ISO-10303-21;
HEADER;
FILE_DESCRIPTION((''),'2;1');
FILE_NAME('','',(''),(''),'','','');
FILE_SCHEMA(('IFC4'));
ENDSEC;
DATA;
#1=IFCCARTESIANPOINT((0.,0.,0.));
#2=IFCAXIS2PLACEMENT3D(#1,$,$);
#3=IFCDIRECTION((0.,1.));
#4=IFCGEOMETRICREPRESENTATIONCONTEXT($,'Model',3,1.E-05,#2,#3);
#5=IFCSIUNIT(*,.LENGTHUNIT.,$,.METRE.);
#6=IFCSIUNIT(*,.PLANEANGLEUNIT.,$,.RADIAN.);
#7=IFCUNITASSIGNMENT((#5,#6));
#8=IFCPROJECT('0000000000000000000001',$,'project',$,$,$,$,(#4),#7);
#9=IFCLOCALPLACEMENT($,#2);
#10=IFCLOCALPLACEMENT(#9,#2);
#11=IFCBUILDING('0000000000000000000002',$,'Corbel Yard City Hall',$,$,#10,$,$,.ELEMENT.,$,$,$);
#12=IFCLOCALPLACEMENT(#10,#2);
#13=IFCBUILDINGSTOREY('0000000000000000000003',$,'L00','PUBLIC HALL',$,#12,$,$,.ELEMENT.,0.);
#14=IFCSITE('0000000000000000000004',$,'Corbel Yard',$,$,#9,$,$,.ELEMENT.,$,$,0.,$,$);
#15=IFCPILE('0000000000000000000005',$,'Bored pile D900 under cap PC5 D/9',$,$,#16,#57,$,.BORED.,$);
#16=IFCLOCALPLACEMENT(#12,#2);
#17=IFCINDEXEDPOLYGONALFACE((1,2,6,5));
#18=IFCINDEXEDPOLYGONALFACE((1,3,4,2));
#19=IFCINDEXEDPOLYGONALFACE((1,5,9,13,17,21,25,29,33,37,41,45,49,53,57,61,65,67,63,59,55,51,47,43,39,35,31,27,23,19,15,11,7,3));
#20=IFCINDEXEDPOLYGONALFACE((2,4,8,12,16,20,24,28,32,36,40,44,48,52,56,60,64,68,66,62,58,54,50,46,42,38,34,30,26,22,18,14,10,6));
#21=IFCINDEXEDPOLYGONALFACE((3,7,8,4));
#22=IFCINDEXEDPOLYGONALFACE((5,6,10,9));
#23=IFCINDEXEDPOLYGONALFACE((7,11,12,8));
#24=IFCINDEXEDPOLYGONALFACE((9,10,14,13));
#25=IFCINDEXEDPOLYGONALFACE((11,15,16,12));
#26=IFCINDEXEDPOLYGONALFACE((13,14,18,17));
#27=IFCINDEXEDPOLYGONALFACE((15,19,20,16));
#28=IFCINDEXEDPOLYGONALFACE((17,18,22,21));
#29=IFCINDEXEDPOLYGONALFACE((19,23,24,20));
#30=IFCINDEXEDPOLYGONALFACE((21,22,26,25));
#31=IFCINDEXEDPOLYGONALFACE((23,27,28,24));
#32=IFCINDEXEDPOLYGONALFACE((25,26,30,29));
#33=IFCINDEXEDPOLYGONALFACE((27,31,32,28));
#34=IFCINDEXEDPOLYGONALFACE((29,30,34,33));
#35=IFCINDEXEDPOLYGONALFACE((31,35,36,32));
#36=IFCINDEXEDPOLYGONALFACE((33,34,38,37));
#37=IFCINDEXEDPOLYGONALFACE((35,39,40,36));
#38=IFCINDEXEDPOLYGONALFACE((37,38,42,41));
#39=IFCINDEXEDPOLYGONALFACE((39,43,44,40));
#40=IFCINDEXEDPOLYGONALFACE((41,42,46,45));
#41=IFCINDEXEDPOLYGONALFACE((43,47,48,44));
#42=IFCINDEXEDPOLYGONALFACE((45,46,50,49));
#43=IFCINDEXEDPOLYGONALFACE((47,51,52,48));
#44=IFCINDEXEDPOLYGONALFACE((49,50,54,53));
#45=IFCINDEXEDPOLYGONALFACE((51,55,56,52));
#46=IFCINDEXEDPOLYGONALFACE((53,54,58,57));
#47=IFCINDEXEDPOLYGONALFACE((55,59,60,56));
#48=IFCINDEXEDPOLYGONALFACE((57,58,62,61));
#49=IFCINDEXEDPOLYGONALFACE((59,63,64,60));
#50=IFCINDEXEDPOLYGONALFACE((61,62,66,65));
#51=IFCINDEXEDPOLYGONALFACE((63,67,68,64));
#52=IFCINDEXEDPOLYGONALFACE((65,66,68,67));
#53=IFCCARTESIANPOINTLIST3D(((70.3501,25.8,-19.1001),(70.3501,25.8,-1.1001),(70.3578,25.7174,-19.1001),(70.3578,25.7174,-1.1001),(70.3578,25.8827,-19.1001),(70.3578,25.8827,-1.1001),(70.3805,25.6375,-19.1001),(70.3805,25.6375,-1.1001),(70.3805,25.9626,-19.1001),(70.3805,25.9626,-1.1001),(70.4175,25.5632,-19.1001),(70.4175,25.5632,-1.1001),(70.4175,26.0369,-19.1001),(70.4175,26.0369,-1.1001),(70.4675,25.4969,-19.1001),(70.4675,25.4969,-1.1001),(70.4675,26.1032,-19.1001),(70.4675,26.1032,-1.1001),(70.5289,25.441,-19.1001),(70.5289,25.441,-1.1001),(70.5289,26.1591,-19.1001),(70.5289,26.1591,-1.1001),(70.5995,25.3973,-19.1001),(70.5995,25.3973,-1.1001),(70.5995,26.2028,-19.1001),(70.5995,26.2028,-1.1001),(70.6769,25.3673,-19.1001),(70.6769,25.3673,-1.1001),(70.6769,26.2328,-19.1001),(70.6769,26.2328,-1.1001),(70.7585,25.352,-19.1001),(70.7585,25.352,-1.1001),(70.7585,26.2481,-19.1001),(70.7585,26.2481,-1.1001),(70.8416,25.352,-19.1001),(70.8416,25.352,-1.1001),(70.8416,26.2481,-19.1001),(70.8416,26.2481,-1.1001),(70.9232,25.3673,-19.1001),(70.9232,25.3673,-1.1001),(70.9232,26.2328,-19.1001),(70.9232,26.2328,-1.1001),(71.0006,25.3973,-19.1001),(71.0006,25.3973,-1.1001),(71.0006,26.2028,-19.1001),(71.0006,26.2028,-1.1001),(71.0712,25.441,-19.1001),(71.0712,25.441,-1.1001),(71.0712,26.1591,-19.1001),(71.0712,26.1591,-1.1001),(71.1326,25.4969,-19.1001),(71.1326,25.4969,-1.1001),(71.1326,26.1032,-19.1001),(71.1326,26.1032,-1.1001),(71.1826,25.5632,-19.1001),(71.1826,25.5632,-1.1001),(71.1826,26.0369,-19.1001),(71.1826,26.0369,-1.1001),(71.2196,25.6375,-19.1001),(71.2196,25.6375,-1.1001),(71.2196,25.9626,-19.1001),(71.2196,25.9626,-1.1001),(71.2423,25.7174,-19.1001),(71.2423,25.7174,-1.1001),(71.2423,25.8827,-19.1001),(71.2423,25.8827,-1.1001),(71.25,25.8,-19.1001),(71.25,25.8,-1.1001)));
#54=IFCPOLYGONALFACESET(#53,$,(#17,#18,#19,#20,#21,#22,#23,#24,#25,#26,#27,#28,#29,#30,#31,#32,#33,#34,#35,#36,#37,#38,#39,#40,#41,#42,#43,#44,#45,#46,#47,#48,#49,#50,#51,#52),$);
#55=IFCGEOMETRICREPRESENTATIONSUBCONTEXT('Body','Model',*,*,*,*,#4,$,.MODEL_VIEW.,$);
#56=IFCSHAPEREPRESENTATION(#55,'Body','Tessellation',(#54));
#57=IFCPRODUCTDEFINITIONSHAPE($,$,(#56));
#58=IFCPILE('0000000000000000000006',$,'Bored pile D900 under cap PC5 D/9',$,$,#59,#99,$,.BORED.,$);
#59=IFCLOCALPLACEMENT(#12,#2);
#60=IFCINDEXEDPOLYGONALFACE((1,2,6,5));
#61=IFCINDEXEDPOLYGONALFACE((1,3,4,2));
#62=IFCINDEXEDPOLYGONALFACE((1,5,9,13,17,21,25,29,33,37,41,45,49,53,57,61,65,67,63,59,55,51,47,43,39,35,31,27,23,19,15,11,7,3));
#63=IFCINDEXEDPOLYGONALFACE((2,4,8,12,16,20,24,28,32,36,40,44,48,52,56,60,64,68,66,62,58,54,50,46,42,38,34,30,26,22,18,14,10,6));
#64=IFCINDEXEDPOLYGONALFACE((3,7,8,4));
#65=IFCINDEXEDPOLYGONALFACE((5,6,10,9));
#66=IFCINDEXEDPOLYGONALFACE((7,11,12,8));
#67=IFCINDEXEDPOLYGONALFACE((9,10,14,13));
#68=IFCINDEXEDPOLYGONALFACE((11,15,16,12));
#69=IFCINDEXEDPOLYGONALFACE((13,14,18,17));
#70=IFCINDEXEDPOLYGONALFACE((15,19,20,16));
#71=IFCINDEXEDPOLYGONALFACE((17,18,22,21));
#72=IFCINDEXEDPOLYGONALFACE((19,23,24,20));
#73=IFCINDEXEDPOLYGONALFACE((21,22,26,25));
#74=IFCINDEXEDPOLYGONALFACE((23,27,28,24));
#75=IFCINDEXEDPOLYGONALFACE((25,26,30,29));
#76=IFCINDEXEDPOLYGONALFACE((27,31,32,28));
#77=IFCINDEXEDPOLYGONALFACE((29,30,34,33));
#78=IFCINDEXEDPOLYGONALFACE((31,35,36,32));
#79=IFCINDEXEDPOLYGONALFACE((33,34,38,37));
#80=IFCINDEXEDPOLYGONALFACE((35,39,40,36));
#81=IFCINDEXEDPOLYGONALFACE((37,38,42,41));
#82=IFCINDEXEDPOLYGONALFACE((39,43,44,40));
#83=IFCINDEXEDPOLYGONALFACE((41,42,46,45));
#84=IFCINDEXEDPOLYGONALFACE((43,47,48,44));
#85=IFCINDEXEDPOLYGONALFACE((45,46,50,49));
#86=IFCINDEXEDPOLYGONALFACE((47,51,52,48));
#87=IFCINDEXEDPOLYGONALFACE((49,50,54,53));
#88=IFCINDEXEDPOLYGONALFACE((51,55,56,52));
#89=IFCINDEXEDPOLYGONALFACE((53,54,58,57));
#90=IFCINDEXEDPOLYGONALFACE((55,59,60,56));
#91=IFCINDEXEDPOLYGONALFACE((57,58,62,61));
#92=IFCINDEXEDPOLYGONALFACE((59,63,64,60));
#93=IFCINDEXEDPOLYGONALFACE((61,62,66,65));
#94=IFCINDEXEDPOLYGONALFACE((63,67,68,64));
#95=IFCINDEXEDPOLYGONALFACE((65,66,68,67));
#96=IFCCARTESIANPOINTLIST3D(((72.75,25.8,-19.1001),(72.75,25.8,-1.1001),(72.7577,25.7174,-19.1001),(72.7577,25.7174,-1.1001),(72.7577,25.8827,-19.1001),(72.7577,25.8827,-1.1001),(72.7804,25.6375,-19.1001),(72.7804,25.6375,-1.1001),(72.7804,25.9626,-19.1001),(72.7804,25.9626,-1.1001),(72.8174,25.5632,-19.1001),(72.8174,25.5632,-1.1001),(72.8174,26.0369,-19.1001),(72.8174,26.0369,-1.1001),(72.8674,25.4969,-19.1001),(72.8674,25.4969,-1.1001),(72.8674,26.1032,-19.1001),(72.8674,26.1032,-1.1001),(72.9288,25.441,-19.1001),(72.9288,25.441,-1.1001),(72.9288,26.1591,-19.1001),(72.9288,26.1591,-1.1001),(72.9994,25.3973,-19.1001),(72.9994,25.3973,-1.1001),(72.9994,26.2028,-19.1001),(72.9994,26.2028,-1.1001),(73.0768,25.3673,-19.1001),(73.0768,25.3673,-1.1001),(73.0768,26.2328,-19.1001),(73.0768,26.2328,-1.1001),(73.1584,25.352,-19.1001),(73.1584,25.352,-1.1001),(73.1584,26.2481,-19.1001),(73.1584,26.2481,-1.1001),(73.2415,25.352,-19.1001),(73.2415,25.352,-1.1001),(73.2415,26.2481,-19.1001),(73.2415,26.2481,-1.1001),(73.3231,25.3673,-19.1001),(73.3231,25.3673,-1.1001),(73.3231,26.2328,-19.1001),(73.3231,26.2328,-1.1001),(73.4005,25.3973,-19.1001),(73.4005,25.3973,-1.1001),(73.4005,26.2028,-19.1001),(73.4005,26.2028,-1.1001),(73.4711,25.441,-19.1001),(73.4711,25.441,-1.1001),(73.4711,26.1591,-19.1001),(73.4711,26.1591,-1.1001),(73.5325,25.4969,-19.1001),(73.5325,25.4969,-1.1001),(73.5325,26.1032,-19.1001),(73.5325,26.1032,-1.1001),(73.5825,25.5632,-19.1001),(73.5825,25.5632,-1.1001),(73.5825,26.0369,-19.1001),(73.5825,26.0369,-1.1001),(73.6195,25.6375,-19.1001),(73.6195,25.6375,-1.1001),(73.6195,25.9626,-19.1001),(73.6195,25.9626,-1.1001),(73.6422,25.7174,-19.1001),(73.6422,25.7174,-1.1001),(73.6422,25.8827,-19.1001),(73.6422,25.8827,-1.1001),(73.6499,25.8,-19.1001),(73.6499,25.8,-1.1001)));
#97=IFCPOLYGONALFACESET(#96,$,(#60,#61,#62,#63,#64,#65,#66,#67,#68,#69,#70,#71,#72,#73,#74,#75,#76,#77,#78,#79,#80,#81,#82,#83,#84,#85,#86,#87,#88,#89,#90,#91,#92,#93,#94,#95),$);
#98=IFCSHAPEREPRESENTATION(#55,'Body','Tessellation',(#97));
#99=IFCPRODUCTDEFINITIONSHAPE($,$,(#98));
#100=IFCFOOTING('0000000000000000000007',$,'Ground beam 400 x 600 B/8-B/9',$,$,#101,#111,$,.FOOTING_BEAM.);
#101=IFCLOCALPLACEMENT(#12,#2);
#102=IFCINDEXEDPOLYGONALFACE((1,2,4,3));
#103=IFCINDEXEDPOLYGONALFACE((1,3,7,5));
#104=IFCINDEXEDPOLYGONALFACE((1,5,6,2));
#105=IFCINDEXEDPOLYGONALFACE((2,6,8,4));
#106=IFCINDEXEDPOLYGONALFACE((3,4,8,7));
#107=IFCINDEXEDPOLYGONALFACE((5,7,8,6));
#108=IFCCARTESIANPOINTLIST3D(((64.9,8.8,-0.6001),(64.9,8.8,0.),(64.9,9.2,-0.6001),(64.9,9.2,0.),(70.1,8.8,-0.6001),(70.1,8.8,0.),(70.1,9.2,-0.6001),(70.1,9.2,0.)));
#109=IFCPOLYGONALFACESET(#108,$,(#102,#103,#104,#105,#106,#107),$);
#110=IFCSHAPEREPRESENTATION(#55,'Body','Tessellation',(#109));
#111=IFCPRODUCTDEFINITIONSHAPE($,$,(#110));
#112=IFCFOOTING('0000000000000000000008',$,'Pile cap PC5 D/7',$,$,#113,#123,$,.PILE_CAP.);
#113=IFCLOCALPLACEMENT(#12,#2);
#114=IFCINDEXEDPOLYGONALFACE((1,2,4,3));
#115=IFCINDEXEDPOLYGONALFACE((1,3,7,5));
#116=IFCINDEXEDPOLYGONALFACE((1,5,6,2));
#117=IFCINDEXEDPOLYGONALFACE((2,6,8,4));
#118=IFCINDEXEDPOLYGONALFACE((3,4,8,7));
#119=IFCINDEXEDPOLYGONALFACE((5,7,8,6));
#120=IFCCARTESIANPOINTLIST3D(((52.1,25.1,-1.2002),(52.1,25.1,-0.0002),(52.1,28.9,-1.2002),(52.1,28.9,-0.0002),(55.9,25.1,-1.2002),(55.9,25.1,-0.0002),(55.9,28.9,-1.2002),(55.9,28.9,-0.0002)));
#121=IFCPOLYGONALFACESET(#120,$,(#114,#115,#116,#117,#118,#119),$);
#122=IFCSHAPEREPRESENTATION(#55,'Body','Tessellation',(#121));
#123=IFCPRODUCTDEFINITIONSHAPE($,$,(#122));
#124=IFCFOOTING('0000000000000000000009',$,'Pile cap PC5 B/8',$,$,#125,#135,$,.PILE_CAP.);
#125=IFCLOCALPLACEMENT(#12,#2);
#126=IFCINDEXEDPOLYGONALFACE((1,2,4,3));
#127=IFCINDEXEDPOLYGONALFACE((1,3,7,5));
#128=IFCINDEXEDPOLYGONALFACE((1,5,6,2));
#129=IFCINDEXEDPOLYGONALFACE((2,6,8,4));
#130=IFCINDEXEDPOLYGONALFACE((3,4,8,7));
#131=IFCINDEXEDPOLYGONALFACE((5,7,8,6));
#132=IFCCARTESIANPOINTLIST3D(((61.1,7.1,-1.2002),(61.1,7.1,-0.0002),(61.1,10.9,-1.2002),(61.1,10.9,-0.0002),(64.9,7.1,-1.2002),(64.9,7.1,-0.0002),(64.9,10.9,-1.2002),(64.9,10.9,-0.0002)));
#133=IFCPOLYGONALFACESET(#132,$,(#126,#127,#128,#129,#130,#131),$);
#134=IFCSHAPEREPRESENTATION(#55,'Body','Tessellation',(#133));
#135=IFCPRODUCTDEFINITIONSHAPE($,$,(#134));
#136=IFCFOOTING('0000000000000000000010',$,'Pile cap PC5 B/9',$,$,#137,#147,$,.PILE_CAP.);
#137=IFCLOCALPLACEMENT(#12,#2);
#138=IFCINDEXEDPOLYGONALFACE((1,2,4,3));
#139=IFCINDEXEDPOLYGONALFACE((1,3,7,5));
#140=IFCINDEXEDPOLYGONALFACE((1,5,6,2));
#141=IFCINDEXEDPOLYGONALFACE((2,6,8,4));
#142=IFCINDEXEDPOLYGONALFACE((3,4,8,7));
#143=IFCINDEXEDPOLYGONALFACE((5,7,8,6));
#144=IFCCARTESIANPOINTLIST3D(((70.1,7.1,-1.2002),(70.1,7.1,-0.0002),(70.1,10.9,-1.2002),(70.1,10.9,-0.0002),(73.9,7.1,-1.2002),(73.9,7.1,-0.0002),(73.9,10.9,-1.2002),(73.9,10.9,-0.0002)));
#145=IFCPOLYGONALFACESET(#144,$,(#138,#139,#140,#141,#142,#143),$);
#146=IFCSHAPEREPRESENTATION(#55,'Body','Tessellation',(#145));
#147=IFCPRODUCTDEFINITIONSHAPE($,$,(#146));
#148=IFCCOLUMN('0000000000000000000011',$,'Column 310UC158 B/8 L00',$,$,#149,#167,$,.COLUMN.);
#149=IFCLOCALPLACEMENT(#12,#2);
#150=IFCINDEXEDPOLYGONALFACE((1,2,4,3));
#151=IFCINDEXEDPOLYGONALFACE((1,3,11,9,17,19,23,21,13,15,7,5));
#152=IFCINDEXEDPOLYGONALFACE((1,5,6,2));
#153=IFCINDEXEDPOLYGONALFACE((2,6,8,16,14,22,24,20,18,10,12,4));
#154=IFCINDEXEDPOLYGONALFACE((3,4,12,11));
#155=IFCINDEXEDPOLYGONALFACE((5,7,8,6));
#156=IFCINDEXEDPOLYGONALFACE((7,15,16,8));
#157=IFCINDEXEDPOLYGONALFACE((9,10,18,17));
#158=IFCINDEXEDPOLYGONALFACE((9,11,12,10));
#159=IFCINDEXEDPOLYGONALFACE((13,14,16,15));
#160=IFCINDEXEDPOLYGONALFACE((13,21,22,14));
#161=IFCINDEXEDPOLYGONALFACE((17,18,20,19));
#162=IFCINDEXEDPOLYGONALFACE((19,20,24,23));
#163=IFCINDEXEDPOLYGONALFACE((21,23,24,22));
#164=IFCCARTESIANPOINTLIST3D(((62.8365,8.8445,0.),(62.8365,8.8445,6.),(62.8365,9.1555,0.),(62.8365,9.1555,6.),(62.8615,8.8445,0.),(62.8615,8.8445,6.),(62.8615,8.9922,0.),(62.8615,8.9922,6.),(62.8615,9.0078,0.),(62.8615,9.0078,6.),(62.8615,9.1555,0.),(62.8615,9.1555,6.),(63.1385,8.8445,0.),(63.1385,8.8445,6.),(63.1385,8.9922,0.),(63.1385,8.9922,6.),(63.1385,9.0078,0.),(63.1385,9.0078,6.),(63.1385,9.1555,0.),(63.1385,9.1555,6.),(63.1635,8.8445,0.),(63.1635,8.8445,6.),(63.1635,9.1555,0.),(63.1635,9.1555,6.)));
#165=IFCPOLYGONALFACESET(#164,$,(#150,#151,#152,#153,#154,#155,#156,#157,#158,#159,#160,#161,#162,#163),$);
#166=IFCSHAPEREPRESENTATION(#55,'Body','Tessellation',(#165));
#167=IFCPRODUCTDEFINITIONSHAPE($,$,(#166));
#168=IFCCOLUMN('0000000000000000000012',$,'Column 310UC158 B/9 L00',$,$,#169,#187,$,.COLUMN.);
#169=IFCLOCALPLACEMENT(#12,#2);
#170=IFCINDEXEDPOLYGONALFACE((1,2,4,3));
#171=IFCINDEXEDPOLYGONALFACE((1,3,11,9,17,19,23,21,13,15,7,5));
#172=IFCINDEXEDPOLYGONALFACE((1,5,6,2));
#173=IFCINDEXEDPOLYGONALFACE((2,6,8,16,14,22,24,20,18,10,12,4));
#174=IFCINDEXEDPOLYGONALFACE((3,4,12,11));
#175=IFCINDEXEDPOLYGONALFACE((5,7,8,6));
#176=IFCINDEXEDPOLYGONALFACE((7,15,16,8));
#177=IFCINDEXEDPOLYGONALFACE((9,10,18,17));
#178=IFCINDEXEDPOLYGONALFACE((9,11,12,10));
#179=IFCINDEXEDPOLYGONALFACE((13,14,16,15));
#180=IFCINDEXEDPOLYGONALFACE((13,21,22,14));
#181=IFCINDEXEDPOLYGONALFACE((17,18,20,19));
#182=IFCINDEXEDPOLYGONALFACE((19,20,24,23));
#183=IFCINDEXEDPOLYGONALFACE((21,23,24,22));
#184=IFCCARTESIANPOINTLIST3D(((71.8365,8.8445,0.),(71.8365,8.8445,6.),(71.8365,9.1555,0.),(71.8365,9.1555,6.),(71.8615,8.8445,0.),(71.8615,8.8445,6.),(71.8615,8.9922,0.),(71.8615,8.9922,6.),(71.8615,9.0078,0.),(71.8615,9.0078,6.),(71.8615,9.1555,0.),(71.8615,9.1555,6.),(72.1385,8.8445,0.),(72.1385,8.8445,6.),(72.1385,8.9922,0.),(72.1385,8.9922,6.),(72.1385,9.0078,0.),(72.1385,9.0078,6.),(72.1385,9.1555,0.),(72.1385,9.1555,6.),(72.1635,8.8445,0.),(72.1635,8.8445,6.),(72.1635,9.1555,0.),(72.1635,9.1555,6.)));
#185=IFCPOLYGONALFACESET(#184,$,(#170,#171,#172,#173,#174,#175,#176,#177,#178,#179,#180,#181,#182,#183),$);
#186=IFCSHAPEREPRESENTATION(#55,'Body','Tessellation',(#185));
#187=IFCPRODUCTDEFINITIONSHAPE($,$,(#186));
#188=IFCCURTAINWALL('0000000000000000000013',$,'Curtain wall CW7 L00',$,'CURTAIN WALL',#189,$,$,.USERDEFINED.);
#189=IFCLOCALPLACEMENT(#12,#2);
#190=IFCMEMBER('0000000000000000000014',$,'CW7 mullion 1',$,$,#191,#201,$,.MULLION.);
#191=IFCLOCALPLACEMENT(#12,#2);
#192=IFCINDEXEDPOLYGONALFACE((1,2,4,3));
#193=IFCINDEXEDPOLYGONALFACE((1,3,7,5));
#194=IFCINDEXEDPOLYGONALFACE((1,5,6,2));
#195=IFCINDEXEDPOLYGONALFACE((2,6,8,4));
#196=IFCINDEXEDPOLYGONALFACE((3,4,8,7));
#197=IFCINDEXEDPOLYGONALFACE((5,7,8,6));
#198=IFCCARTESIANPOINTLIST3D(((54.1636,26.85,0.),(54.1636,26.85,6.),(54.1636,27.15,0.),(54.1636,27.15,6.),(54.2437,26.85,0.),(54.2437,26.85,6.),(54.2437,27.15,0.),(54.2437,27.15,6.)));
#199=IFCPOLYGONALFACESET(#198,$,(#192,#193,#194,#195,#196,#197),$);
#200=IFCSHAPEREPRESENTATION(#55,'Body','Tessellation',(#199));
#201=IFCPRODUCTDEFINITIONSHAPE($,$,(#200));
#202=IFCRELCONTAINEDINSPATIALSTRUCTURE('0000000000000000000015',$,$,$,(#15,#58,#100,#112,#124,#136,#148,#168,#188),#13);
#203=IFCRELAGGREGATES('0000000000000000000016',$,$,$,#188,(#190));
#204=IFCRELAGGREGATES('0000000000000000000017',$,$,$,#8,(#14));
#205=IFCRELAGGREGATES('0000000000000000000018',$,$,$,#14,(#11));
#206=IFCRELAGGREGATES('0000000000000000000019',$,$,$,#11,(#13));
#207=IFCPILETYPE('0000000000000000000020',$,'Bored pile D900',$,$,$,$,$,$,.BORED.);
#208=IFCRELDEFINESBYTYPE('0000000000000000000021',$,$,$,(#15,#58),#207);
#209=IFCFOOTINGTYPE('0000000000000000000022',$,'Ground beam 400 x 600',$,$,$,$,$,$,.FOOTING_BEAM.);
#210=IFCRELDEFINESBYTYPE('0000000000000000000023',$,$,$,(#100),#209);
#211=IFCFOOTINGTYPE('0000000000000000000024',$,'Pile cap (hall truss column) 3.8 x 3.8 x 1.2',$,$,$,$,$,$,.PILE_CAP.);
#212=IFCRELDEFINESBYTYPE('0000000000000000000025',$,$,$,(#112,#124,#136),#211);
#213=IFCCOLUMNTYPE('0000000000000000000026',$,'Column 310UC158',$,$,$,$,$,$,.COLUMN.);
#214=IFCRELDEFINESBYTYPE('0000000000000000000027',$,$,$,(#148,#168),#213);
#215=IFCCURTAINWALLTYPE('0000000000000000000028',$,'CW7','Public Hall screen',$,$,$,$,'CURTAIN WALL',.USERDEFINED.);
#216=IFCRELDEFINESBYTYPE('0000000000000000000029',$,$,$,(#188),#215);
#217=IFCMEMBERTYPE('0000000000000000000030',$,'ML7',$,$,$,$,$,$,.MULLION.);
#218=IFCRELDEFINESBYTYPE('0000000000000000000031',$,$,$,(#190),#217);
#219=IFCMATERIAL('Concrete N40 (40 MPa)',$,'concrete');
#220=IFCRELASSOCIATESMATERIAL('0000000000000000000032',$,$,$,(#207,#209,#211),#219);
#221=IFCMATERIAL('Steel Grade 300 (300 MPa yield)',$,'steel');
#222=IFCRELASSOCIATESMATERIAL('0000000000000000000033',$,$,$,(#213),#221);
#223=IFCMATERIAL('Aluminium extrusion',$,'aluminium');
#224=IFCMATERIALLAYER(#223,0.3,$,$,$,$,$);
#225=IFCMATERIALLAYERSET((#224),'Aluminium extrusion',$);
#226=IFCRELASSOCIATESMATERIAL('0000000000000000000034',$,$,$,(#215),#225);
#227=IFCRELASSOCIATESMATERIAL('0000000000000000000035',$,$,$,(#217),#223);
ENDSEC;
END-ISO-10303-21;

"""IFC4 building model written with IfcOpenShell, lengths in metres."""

from ifc_helpers import new_model, si_unit, direction, frame, origin, origin_2d, place, context, subcontext, project, spatial, rectangle, circle, i_section, extrude, material, layer, layer_set, material_profile, profile_set, type_object, element, aggregate, save


model = new_model("IFC4")

# Units and contexts
model_context = context("Model", 3, precision=1e-05, world=origin(), true_north=direction((0.0, 1.0)))
body_context = subcontext(model_context, "Body", "Model", "MODEL_VIEW")
ifc_project = project(units=[si_unit("LENGTHUNIT", "METRE"), si_unit("PLANEANGLEUNIT", "RADIAN")], contexts=[model_context])

# Site, building, storey
site_placement = place(None, origin())
site = spatial("IfcSite", under=ifc_project, at=site_placement, Name="Corbel Yard", CompositionType="ELEMENT", RefElevation=0.0)
building_placement = place(site_placement, origin())
building = spatial("IfcBuilding", under=site, at=building_placement, Name="Corbel Yard City Hall", CompositionType="ELEMENT")
storey_placement = place(building_placement, origin())
storey = spatial("IfcBuildingStorey", under=building, at=storey_placement, Name="L00", Description="PUBLIC HALL", CompositionType="ELEMENT", Elevation=0.0)

# Piles
ifc_material_1 = material(Name="Concrete N40 (40 MPa)", Category="concrete")
ifc_material_profile_1 = material_profile(ifc_material_1, circle(Radius=0.45, at=origin_2d()), Name="D900")
ifc_profile_set_1 = profile_set([ifc_material_profile_1], Name="Concrete N40 (40 MPa)")
pile_type = type_object("IfcPileType", Name="Bored pile D900", PredefinedType="BORED", material=ifc_profile_set_1)
for number, where, z_axis, x_axis, name in (
    (1, (70.8, 25.8, -1.1001), (0.0, 0.0, -1.0), (1.0, 0.0, 0.0), "Bored pile D900 under cap PC5 D/9"),
    (2, (73.2, 25.8, -1.1001), (0.0, 0.0, -1.0), (1.0, 0.0, 0.0), "Bored pile D900 under cap PC5 D/9"),
):
    element("IfcPile", number, at=place(storey_placement, frame(where, z_axis=z_axis, x_axis=x_axis)), inside=storey, type_object=pile_type, Name=name, PredefinedType="BORED", context=body_context, shape_type="SweptSolid", body=[
        extrude(circle(Radius=0.45, at=origin_2d()), origin(), (0.0, 0.0, 1.0), 18.0),
    ])

# Footings
footing_type_1 = type_object("IfcFootingType", Name="Ground beam 400 x 600", PredefinedType="FOOTING_BEAM", material=ifc_material_1)
footing_placement = place(storey_placement, frame((67.5, 9.0, -0.6001), z_axis=(0.0, 0.0, 1.0), x_axis=(1.0, 0.0, 0.0)))
element("IfcFooting", 3, at=footing_placement, inside=storey, type_object=footing_type_1, Name="Ground beam 400 x 600 B/8-B/9", PredefinedType="FOOTING_BEAM", context=body_context, shape_type="SweptSolid", body=[
    extrude(rectangle(XDim=5.2, YDim=0.3999, at=origin_2d()), origin(), (0.0, 0.0, 1.0), 0.6001),
])
footing_type_2 = type_object("IfcFootingType", Name="Pile cap (hall truss column) 3.8 x 3.8 x 1.2", PredefinedType="PILE_CAP", material=ifc_material_1)
for number, where, z_axis, x_axis, name in (
    (4, (54.0, 27.0, -1.2002), (0.0, 0.0, 1.0), (1.0, 0.0, 0.0), "Pile cap PC5 D/7"),
    (5, (63.0, 9.0, -1.2002), (0.0, 0.0, 1.0), (1.0, 0.0, 0.0), "Pile cap PC5 B/8"),
    (6, (72.0, 9.0, -1.2002), (0.0, 0.0, 1.0), (1.0, 0.0, 0.0), "Pile cap PC5 B/9"),
):
    element("IfcFooting", number, at=place(storey_placement, frame(where, z_axis=z_axis, x_axis=x_axis)), inside=storey, type_object=footing_type_2, Name=name, PredefinedType="PILE_CAP", context=body_context, shape_type="SweptSolid", body=[
        extrude(rectangle(XDim=3.8, YDim=3.8, at=origin_2d()), origin(), (0.0, 0.0, 1.0), 1.2),
    ])

# Columns
ifc_material_2 = material(Name="Steel Grade 300 (300 MPa yield)", Category="steel")
ifc_material_profile_2 = material_profile(ifc_material_2, i_section(OverallWidth=0.311, OverallDepth=0.3269, WebThickness=0.0156, FlangeThickness=0.0249, at=origin_2d()), Name="310UC158")
ifc_profile_set_2 = profile_set([ifc_material_profile_2], Name="Steel Grade 300 (300 MPa yield)")
column_type = type_object("IfcColumnType", Name="Column 310UC158", PredefinedType="COLUMN", material=ifc_profile_set_2)
for number, where, z_axis, x_axis, name in (
    (7, (63.0, 9.0, 0.0), (0.0, 0.0, 1.0), (0.0, 1.0, 0.0), "Column 310UC158 B/8 L00"),
    (8, (72.0, 9.0, 0.0), (0.0, 0.0, 1.0), (0.0, 1.0, 0.0), "Column 310UC158 B/9 L00"),
):
    element("IfcColumn", number, at=place(storey_placement, frame(where, z_axis=z_axis, x_axis=x_axis)), inside=storey, type_object=column_type, Name=name, PredefinedType="COLUMN", context=body_context, shape_type="SweptSolid", body=[
        extrude(i_section(OverallWidth=0.311, OverallDepth=0.3269, WebThickness=0.0156, FlangeThickness=0.0249, at=origin_2d()), origin(), (0.0, 0.0, 1.0), 6.0),
    ])

# Curtain wall, member
ifc_material_3 = material(Name="Aluminium extrusion", Category="aluminium")
ifc_layer_1 = layer(ifc_material_3, 0.3)
ifc_layer_set_1 = layer_set([ifc_layer_1], Name="Aluminium extrusion")
curtain_wall_type = type_object("IfcCurtainWallType", Name="CW7", Description="Public Hall screen", ElementType="CURTAIN WALL", PredefinedType="USERDEFINED", material=ifc_layer_set_1)
curtain_wall_placement = place(storey_placement, origin())
curtain_wall = element("IfcCurtainWall", 9, at=curtain_wall_placement, inside=storey, type_object=curtain_wall_type, Name="Curtain wall CW7 L00", ObjectType="CURTAIN WALL", PredefinedType="USERDEFINED")
ifc_material_profile_3 = material_profile(ifc_material_3, rectangle(XDim=0.3, YDim=0.0801, at=origin_2d()), Name="300x80")
ifc_profile_set_3 = profile_set([ifc_material_profile_3], Name="Aluminium extrusion")
member_type_1 = type_object("IfcMemberType", Name="ML7", PredefinedType="MULLION", material=ifc_profile_set_3)
member_1_placement = place(storey_placement, frame((54.2036, 27.0, 0.0), z_axis=(0.0, 0.0, 1.0), x_axis=(0.0, 1.0, 0.0)))
member_1 = element("IfcMember", 10, at=member_1_placement, type_object=member_type_1, Name="CW7 mullion 1", PredefinedType="MULLION", context=body_context, shape_type="SweptSolid", body=[
    extrude(rectangle(XDim=0.3, YDim=0.0801, at=origin_2d()), origin(), (0.0, 0.0, 1.0), 6.0),
])
aggregate(curtain_wall, [member_1])

save(model, "model.ifc")
